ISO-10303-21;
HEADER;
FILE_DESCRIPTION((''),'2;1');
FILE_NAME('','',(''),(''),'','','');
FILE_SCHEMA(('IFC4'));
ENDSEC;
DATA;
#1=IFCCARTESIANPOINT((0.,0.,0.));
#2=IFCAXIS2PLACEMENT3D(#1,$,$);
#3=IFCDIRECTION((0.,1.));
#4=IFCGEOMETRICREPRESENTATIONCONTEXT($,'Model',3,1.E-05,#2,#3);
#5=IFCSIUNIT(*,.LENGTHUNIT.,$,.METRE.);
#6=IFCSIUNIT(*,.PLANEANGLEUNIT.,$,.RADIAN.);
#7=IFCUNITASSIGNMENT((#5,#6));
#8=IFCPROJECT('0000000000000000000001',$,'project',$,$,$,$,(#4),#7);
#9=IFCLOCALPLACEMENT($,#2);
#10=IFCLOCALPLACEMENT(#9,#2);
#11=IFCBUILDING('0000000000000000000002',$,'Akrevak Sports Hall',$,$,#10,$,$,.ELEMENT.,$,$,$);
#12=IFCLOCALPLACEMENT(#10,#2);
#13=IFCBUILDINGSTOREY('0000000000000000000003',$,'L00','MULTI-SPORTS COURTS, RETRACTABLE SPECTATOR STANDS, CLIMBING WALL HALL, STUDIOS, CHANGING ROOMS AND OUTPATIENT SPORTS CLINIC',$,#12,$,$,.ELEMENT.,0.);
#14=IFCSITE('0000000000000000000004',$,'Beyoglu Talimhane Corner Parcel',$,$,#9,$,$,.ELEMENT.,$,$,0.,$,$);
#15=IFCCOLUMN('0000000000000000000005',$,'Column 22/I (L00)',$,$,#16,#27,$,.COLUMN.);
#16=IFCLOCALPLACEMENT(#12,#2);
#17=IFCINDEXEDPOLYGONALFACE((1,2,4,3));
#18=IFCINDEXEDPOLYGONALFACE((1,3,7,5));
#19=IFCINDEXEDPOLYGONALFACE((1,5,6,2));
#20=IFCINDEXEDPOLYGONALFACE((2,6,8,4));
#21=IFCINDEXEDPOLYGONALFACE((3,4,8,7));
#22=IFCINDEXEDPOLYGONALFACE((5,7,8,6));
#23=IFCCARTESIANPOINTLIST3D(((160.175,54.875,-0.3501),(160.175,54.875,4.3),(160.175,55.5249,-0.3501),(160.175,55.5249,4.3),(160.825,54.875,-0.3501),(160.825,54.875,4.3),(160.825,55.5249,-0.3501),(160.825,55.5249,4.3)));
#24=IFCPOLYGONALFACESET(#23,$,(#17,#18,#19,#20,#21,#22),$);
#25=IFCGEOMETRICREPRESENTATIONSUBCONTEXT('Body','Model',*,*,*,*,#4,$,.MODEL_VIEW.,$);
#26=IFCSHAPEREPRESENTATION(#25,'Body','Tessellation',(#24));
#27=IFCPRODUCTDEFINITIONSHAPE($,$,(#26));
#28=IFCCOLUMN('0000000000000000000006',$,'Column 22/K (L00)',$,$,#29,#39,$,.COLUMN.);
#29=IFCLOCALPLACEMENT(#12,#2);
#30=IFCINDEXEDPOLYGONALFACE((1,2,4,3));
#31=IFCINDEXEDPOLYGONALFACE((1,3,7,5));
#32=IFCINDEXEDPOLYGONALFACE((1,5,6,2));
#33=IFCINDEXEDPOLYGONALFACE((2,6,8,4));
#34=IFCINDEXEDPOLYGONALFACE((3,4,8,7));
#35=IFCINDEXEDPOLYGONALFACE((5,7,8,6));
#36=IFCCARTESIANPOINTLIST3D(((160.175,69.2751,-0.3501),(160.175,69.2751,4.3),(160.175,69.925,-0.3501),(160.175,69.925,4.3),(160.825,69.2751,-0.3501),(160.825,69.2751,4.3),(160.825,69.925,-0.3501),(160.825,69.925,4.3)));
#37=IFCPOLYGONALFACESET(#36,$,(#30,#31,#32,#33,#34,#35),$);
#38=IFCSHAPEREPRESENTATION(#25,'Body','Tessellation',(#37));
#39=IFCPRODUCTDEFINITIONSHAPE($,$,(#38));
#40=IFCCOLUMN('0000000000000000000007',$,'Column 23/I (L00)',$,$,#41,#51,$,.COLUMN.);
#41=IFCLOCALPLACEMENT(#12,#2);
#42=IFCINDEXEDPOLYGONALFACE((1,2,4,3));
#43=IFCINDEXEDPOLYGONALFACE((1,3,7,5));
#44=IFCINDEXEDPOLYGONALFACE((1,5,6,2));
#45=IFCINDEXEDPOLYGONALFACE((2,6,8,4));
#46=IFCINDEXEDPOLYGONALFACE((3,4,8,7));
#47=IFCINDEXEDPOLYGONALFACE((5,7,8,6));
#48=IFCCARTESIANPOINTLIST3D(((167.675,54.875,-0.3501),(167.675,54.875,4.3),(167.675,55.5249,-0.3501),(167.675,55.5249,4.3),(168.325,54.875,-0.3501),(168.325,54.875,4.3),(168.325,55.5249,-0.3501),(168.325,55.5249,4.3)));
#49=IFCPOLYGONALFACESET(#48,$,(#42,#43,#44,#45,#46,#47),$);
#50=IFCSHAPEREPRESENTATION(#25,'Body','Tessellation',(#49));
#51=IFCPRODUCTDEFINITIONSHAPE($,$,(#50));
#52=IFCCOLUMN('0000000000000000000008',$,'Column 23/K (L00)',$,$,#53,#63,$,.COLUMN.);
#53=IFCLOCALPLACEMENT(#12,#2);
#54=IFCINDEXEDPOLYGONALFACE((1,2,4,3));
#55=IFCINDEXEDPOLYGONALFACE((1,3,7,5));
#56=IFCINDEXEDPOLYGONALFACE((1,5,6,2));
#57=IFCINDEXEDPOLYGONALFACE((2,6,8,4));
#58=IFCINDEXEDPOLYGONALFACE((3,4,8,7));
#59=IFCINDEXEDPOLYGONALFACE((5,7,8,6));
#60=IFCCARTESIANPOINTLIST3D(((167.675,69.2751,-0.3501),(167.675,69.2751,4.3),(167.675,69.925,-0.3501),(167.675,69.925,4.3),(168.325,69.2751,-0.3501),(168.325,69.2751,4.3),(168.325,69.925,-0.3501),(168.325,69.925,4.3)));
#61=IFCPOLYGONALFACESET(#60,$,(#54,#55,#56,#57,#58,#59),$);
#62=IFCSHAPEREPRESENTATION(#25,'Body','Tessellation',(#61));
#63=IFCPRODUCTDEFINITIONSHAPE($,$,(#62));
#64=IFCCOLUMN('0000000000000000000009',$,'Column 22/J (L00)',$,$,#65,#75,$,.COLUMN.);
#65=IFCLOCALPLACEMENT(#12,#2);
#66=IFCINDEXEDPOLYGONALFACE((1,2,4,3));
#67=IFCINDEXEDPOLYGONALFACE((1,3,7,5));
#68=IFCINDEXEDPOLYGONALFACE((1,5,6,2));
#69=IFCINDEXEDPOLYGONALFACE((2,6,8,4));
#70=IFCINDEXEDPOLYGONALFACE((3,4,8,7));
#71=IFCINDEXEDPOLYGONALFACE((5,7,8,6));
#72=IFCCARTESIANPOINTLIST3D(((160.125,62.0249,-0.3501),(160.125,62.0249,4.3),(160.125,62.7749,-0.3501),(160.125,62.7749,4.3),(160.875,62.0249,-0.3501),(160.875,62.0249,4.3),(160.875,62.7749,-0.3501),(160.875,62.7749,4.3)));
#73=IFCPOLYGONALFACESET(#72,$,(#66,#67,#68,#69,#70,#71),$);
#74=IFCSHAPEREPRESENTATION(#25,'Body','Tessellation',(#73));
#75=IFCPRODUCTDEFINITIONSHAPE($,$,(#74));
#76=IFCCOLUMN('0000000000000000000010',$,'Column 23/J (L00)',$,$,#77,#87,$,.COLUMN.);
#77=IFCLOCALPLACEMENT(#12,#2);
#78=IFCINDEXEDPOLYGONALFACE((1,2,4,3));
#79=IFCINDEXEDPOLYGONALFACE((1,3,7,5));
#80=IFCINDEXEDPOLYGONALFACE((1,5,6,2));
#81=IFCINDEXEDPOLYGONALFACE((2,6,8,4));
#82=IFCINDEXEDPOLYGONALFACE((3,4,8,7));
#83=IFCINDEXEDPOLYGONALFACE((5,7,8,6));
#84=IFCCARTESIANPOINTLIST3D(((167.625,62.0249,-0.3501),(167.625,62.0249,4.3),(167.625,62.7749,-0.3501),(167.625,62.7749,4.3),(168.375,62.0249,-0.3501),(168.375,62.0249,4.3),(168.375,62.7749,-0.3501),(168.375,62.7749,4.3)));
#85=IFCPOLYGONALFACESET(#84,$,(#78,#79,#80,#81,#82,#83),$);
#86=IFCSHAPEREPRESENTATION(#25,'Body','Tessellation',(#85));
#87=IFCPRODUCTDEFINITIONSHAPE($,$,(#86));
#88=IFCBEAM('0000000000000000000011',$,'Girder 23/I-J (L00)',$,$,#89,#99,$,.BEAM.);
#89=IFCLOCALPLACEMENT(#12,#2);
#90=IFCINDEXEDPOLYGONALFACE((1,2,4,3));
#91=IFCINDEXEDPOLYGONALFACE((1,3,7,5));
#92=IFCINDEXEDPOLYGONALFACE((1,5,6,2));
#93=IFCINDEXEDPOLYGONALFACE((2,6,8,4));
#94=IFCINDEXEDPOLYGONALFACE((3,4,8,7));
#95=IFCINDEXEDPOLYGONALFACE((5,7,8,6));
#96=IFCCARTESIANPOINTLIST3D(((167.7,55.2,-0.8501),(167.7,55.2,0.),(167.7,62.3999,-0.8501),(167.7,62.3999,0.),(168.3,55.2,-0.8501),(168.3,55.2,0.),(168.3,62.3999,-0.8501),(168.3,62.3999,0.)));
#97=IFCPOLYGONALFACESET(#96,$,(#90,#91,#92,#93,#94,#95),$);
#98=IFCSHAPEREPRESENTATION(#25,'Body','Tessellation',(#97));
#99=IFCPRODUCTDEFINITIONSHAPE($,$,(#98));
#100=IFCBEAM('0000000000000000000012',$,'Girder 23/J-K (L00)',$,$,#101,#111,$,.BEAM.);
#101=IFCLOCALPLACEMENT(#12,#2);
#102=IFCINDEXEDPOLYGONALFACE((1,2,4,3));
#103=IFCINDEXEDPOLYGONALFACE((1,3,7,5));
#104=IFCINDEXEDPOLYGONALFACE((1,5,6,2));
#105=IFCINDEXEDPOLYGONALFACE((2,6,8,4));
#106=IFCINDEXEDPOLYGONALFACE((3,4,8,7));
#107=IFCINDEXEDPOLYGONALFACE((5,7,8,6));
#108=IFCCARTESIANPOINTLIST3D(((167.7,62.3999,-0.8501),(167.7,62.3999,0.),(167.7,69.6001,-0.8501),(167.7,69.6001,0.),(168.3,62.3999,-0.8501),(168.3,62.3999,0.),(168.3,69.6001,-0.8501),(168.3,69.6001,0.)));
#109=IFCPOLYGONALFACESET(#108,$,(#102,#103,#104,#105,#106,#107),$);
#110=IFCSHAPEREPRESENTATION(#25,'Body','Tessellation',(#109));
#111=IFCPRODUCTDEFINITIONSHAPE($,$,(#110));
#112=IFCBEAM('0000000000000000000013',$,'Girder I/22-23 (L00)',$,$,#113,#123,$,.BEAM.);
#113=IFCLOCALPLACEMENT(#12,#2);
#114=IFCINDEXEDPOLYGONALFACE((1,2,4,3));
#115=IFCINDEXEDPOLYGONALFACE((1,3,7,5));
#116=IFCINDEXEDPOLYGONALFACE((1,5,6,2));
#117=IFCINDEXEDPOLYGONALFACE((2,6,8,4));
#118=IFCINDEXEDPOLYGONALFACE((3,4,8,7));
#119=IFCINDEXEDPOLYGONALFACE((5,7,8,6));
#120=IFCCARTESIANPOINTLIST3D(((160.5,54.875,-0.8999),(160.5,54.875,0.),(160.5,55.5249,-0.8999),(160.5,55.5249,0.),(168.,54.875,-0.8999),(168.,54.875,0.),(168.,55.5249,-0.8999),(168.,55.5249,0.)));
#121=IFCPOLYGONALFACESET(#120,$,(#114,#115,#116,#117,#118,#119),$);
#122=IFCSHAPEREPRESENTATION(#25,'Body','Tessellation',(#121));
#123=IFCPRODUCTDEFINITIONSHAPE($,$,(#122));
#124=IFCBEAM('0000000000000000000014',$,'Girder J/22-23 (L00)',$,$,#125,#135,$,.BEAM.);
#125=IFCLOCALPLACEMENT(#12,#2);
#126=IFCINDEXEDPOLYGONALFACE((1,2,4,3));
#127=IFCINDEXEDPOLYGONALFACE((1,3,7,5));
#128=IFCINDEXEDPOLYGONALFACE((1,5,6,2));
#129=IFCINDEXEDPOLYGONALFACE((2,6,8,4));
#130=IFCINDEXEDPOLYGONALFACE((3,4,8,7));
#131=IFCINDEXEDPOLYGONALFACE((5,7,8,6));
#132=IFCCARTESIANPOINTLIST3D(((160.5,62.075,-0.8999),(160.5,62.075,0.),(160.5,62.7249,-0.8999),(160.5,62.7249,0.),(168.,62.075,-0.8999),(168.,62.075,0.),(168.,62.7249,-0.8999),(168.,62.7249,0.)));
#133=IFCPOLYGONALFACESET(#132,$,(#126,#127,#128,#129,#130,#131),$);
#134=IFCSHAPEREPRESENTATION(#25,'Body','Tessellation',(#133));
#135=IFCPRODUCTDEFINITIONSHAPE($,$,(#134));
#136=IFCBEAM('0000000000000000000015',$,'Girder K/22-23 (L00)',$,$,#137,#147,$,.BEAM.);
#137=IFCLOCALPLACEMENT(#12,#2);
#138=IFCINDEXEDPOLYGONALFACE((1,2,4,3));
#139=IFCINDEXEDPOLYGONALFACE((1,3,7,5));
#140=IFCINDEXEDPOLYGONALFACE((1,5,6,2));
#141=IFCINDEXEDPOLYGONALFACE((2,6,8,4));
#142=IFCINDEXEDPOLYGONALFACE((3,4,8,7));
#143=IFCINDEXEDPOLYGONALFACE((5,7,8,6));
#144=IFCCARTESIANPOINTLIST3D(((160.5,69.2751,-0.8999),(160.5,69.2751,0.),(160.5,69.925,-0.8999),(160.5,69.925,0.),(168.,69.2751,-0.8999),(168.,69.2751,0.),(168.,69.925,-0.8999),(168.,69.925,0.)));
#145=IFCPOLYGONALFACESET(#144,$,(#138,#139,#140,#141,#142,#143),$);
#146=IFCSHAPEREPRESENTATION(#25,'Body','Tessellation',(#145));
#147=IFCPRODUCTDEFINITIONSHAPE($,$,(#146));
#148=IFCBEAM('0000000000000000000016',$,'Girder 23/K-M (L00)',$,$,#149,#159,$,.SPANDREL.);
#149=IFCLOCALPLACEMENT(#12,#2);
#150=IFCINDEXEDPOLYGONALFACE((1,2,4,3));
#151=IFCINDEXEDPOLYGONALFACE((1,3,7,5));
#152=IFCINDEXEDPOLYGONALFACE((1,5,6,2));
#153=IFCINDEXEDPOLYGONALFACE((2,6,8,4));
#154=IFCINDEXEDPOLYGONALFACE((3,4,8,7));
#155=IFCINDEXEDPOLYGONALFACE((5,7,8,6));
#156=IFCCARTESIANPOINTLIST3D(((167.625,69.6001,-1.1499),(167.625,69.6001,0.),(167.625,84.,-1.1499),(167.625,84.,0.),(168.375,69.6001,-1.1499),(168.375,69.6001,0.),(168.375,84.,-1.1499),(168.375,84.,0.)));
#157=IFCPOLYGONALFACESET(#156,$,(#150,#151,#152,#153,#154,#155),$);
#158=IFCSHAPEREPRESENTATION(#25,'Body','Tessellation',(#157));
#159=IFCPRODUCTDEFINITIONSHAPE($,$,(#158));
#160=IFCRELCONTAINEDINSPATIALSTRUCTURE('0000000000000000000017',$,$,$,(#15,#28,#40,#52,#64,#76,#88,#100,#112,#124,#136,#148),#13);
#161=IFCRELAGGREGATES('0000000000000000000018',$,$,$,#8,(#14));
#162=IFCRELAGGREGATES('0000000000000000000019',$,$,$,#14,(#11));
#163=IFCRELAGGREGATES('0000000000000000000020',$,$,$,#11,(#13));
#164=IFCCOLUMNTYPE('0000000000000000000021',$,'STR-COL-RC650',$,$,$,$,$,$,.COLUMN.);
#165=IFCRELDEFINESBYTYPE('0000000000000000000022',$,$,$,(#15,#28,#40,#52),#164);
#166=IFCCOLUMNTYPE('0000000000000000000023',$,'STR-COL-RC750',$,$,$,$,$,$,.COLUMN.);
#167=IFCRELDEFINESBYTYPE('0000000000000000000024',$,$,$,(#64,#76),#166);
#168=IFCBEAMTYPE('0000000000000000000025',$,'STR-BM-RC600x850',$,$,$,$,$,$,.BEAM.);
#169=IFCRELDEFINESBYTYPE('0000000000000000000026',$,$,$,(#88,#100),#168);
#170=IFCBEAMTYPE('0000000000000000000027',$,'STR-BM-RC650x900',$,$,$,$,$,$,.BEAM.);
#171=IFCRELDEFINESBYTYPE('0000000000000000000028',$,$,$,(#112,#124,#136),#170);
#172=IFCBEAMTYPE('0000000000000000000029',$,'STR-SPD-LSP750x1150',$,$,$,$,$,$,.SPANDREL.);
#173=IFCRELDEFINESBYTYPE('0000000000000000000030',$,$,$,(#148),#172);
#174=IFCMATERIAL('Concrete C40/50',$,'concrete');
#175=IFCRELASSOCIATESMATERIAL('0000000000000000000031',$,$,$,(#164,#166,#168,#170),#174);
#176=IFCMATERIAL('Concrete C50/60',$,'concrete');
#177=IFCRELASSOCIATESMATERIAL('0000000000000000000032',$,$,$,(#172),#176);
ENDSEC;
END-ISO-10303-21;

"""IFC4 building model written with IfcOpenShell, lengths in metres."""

from ifc_helpers import new_model, si_unit, direction, frame, origin, origin_2d, place, context, subcontext, project, spatial, rectangle, extrude, material, material_profile, profile_set, type_object, element, save


model = new_model("IFC4")

# Units and contexts
model_context = context("Model", 3, precision=1e-05, world=origin(), true_north=direction((0.0, 1.0)))
body_context = subcontext(model_context, "Body", "Model", "MODEL_VIEW")
ifc_project = project(units=[si_unit("LENGTHUNIT", "METRE"), si_unit("PLANEANGLEUNIT", "RADIAN")], contexts=[model_context])

# Site, building, storey
site_placement = place(None, origin())
site = spatial("IfcSite", under=ifc_project, at=site_placement, Name="Beyoglu Talimhane Corner Parcel", CompositionType="ELEMENT", RefElevation=0.0)
building_placement = place(site_placement, origin())
building = spatial("IfcBuilding", under=site, at=building_placement, Name="Akrevak Sports Hall", CompositionType="ELEMENT")
storey_placement = place(building_placement, origin())
storey = spatial("IfcBuildingStorey", under=building, at=storey_placement, Name="L00", Description="MULTI-SPORTS COURTS, RETRACTABLE SPECTATOR STANDS, CLIMBING WALL HALL, STUDIOS, CHANGING ROOMS AND OUTPATIENT SPORTS CLINIC", CompositionType="ELEMENT", Elevation=0.0)

# Columns
ifc_material_1 = material(Name="Concrete C40/50", Category="concrete")
ifc_material_profile_1 = material_profile(ifc_material_1, rectangle(XDim=0.6499, YDim=0.6499, at=origin_2d()), Name="RC 650x650", Category="concrete")
ifc_profile_set_1 = profile_set([ifc_material_profile_1], Name="Concrete C40/50")
column_type_1 = type_object("IfcColumnType", Name="STR-COL-RC650", PredefinedType="COLUMN", material=ifc_profile_set_1)
for number, where, z_axis, x_axis, name in (
    (1, (160.5, 55.2, -0.3501), (0.0, 0.0, 1.0), (1.0, 0.0, 0.0), "Column 22/I (L00)"),
    (2, (160.5, 69.6001, -0.3501), (0.0, 0.0, 1.0), (1.0, 0.0, 0.0), "Column 22/K (L00)"),
    (3, (168.0, 55.2, -0.3501), (0.0, 0.0, 1.0), (1.0, 0.0, 0.0), "Column 23/I (L00)"),
    (4, (168.0, 69.6001, -0.3501), (0.0, 0.0, 1.0), (1.0, 0.0, 0.0), "Column 23/K (L00)"),
):
    element("IfcColumn", number, at=place(storey_placement, frame(where, z_axis=z_axis, x_axis=x_axis)), inside=storey, type_object=column_type_1, Name=name, PredefinedType="COLUMN", context=body_context, shape_type="SweptSolid", body=[
        extrude(rectangle(XDim=0.6499, YDim=0.6499, at=origin_2d()), origin(), (0.0, 0.0, 1.0), 4.6501),
    ])
ifc_material_profile_2 = material_profile(ifc_material_1, rectangle(XDim=0.75, YDim=0.75, at=origin_2d()), Name="RC 750x750", Category="concrete")
ifc_profile_set_2 = profile_set([ifc_material_profile_2], Name="Concrete C40/50")
column_type_2 = type_object("IfcColumnType", Name="STR-COL-RC750", PredefinedType="COLUMN", material=ifc_profile_set_2)
for number, where, z_axis, x_axis, name in (
    (5, (160.5, 62.3999, -0.3501), (0.0, 0.0, 1.0), (1.0, 0.0, 0.0), "Column 22/J (L00)"),
    (6, (168.0, 62.3999, -0.3501), (0.0, 0.0, 1.0), (1.0, 0.0, 0.0), "Column 23/J (L00)"),
):
    element("IfcColumn", number, at=place(storey_placement, frame(where, z_axis=z_axis, x_axis=x_axis)), inside=storey, type_object=column_type_2, Name=name, PredefinedType="COLUMN", context=body_context, shape_type="SweptSolid", body=[
        extrude(rectangle(XDim=0.75, YDim=0.75, at=origin_2d()), origin(), (0.0, 0.0, 1.0), 4.6501),
    ])

# Beams
ifc_material_profile_3 = material_profile(ifc_material_1, rectangle(XDim=0.6001, YDim=0.8501, at=origin_2d()), Name="BM 600x850", Category="concrete")
ifc_profile_set_3 = profile_set([ifc_material_profile_3], Name="Concrete C40/50")
beam_type_1 = type_object("IfcBeamType", Name="STR-BM-RC600x850", PredefinedType="BEAM", material=ifc_profile_set_3)
beam_1_placement = place(storey_placement, frame((168.0, 55.2, -0.425), z_axis=(0.0, 1.0, 0.0), x_axis=(-1.0, 0.0, 0.0)))
element("IfcBeam", 7, at=beam_1_placement, inside=storey, type_object=beam_type_1, Name="Girder 23/I-J (L00)", PredefinedType="BEAM", context=body_context, shape_type="SweptSolid", body=[
    extrude(rectangle(XDim=0.6001, YDim=0.8501, at=origin_2d()), origin(), (0.0, 0.0, 1.0), 7.2),
])
beam_2_placement = place(storey_placement, frame((168.0, 62.3999, -0.425), z_axis=(0.0, 1.0, 0.0), x_axis=(-1.0, 0.0, 0.0)))
element("IfcBeam", 8, at=beam_2_placement, inside=storey, type_object=beam_type_1, Name="Girder 23/J-K (L00)", PredefinedType="BEAM", context=body_context, shape_type="SweptSolid", body=[
    extrude(rectangle(XDim=0.6001, YDim=0.8501, at=origin_2d()), origin(), (0.0, 0.0, 1.0), 7.2002),
])
ifc_material_profile_4 = material_profile(ifc_material_1, rectangle(XDim=0.6499, YDim=0.8999, at=origin_2d()), Name="BM 650x900", Category="concrete")
ifc_profile_set_4 = profile_set([ifc_material_profile_4], Name="Concrete C40/50")
beam_type_2 = type_object("IfcBeamType", Name="STR-BM-RC650x900", PredefinedType="BEAM", material=ifc_profile_set_4)
for number, where, z_axis, x_axis, name in (
    (9, (160.5, 55.2, -0.45), (1.0, 0.0, 0.0), (0.0, 1.0, 0.0), "Girder I/22-23 (L00)"),
    (10, (160.5, 62.3999, -0.45), (1.0, 0.0, 0.0), (0.0, 1.0, 0.0), "Girder J/22-23 (L00)"),
    (11, (160.5, 69.6001, -0.45), (1.0, 0.0, 0.0), (0.0, 1.0, 0.0), "Girder K/22-23 (L00)"),
):
    element("IfcBeam", number, at=place(storey_placement, frame(where, z_axis=z_axis, x_axis=x_axis)), inside=storey, type_object=beam_type_2, Name=name, PredefinedType="BEAM", context=body_context, shape_type="SweptSolid", body=[
        extrude(rectangle(XDim=0.6499, YDim=0.8999, at=origin_2d()), origin(), (0.0, 0.0, 1.0), 7.5),
    ])
ifc_material_2 = material(Name="Concrete C50/60", Category="concrete")
ifc_material_profile_5 = material_profile(ifc_material_2, rectangle(XDim=0.75, YDim=1.1499, at=origin_2d()), Name="SPD 750x1150", Category="concrete")
ifc_profile_set_5 = profile_set([ifc_material_profile_5], Name="Concrete C50/60")
beam_type_3 = type_object("IfcBeamType", Name="STR-SPD-LSP750x1150", PredefinedType="SPANDREL", material=ifc_profile_set_5)
beam_3_placement = place(storey_placement, frame((168.0, 69.6001, -0.575), z_axis=(0.0, 1.0, 0.0), x_axis=(-1.0, 0.0, 0.0)))
element("IfcBeam", 12, at=beam_3_placement, inside=storey, type_object=beam_type_3, Name="Girder 23/K-M (L00)", PredefinedType="SPANDREL", context=body_context, shape_type="SweptSolid", body=[
    extrude(rectangle(XDim=0.75, YDim=1.1499, at=origin_2d()), origin(), (0.0, 0.0, 1.0), 14.3999),
])

save(model, "model.ifc")
